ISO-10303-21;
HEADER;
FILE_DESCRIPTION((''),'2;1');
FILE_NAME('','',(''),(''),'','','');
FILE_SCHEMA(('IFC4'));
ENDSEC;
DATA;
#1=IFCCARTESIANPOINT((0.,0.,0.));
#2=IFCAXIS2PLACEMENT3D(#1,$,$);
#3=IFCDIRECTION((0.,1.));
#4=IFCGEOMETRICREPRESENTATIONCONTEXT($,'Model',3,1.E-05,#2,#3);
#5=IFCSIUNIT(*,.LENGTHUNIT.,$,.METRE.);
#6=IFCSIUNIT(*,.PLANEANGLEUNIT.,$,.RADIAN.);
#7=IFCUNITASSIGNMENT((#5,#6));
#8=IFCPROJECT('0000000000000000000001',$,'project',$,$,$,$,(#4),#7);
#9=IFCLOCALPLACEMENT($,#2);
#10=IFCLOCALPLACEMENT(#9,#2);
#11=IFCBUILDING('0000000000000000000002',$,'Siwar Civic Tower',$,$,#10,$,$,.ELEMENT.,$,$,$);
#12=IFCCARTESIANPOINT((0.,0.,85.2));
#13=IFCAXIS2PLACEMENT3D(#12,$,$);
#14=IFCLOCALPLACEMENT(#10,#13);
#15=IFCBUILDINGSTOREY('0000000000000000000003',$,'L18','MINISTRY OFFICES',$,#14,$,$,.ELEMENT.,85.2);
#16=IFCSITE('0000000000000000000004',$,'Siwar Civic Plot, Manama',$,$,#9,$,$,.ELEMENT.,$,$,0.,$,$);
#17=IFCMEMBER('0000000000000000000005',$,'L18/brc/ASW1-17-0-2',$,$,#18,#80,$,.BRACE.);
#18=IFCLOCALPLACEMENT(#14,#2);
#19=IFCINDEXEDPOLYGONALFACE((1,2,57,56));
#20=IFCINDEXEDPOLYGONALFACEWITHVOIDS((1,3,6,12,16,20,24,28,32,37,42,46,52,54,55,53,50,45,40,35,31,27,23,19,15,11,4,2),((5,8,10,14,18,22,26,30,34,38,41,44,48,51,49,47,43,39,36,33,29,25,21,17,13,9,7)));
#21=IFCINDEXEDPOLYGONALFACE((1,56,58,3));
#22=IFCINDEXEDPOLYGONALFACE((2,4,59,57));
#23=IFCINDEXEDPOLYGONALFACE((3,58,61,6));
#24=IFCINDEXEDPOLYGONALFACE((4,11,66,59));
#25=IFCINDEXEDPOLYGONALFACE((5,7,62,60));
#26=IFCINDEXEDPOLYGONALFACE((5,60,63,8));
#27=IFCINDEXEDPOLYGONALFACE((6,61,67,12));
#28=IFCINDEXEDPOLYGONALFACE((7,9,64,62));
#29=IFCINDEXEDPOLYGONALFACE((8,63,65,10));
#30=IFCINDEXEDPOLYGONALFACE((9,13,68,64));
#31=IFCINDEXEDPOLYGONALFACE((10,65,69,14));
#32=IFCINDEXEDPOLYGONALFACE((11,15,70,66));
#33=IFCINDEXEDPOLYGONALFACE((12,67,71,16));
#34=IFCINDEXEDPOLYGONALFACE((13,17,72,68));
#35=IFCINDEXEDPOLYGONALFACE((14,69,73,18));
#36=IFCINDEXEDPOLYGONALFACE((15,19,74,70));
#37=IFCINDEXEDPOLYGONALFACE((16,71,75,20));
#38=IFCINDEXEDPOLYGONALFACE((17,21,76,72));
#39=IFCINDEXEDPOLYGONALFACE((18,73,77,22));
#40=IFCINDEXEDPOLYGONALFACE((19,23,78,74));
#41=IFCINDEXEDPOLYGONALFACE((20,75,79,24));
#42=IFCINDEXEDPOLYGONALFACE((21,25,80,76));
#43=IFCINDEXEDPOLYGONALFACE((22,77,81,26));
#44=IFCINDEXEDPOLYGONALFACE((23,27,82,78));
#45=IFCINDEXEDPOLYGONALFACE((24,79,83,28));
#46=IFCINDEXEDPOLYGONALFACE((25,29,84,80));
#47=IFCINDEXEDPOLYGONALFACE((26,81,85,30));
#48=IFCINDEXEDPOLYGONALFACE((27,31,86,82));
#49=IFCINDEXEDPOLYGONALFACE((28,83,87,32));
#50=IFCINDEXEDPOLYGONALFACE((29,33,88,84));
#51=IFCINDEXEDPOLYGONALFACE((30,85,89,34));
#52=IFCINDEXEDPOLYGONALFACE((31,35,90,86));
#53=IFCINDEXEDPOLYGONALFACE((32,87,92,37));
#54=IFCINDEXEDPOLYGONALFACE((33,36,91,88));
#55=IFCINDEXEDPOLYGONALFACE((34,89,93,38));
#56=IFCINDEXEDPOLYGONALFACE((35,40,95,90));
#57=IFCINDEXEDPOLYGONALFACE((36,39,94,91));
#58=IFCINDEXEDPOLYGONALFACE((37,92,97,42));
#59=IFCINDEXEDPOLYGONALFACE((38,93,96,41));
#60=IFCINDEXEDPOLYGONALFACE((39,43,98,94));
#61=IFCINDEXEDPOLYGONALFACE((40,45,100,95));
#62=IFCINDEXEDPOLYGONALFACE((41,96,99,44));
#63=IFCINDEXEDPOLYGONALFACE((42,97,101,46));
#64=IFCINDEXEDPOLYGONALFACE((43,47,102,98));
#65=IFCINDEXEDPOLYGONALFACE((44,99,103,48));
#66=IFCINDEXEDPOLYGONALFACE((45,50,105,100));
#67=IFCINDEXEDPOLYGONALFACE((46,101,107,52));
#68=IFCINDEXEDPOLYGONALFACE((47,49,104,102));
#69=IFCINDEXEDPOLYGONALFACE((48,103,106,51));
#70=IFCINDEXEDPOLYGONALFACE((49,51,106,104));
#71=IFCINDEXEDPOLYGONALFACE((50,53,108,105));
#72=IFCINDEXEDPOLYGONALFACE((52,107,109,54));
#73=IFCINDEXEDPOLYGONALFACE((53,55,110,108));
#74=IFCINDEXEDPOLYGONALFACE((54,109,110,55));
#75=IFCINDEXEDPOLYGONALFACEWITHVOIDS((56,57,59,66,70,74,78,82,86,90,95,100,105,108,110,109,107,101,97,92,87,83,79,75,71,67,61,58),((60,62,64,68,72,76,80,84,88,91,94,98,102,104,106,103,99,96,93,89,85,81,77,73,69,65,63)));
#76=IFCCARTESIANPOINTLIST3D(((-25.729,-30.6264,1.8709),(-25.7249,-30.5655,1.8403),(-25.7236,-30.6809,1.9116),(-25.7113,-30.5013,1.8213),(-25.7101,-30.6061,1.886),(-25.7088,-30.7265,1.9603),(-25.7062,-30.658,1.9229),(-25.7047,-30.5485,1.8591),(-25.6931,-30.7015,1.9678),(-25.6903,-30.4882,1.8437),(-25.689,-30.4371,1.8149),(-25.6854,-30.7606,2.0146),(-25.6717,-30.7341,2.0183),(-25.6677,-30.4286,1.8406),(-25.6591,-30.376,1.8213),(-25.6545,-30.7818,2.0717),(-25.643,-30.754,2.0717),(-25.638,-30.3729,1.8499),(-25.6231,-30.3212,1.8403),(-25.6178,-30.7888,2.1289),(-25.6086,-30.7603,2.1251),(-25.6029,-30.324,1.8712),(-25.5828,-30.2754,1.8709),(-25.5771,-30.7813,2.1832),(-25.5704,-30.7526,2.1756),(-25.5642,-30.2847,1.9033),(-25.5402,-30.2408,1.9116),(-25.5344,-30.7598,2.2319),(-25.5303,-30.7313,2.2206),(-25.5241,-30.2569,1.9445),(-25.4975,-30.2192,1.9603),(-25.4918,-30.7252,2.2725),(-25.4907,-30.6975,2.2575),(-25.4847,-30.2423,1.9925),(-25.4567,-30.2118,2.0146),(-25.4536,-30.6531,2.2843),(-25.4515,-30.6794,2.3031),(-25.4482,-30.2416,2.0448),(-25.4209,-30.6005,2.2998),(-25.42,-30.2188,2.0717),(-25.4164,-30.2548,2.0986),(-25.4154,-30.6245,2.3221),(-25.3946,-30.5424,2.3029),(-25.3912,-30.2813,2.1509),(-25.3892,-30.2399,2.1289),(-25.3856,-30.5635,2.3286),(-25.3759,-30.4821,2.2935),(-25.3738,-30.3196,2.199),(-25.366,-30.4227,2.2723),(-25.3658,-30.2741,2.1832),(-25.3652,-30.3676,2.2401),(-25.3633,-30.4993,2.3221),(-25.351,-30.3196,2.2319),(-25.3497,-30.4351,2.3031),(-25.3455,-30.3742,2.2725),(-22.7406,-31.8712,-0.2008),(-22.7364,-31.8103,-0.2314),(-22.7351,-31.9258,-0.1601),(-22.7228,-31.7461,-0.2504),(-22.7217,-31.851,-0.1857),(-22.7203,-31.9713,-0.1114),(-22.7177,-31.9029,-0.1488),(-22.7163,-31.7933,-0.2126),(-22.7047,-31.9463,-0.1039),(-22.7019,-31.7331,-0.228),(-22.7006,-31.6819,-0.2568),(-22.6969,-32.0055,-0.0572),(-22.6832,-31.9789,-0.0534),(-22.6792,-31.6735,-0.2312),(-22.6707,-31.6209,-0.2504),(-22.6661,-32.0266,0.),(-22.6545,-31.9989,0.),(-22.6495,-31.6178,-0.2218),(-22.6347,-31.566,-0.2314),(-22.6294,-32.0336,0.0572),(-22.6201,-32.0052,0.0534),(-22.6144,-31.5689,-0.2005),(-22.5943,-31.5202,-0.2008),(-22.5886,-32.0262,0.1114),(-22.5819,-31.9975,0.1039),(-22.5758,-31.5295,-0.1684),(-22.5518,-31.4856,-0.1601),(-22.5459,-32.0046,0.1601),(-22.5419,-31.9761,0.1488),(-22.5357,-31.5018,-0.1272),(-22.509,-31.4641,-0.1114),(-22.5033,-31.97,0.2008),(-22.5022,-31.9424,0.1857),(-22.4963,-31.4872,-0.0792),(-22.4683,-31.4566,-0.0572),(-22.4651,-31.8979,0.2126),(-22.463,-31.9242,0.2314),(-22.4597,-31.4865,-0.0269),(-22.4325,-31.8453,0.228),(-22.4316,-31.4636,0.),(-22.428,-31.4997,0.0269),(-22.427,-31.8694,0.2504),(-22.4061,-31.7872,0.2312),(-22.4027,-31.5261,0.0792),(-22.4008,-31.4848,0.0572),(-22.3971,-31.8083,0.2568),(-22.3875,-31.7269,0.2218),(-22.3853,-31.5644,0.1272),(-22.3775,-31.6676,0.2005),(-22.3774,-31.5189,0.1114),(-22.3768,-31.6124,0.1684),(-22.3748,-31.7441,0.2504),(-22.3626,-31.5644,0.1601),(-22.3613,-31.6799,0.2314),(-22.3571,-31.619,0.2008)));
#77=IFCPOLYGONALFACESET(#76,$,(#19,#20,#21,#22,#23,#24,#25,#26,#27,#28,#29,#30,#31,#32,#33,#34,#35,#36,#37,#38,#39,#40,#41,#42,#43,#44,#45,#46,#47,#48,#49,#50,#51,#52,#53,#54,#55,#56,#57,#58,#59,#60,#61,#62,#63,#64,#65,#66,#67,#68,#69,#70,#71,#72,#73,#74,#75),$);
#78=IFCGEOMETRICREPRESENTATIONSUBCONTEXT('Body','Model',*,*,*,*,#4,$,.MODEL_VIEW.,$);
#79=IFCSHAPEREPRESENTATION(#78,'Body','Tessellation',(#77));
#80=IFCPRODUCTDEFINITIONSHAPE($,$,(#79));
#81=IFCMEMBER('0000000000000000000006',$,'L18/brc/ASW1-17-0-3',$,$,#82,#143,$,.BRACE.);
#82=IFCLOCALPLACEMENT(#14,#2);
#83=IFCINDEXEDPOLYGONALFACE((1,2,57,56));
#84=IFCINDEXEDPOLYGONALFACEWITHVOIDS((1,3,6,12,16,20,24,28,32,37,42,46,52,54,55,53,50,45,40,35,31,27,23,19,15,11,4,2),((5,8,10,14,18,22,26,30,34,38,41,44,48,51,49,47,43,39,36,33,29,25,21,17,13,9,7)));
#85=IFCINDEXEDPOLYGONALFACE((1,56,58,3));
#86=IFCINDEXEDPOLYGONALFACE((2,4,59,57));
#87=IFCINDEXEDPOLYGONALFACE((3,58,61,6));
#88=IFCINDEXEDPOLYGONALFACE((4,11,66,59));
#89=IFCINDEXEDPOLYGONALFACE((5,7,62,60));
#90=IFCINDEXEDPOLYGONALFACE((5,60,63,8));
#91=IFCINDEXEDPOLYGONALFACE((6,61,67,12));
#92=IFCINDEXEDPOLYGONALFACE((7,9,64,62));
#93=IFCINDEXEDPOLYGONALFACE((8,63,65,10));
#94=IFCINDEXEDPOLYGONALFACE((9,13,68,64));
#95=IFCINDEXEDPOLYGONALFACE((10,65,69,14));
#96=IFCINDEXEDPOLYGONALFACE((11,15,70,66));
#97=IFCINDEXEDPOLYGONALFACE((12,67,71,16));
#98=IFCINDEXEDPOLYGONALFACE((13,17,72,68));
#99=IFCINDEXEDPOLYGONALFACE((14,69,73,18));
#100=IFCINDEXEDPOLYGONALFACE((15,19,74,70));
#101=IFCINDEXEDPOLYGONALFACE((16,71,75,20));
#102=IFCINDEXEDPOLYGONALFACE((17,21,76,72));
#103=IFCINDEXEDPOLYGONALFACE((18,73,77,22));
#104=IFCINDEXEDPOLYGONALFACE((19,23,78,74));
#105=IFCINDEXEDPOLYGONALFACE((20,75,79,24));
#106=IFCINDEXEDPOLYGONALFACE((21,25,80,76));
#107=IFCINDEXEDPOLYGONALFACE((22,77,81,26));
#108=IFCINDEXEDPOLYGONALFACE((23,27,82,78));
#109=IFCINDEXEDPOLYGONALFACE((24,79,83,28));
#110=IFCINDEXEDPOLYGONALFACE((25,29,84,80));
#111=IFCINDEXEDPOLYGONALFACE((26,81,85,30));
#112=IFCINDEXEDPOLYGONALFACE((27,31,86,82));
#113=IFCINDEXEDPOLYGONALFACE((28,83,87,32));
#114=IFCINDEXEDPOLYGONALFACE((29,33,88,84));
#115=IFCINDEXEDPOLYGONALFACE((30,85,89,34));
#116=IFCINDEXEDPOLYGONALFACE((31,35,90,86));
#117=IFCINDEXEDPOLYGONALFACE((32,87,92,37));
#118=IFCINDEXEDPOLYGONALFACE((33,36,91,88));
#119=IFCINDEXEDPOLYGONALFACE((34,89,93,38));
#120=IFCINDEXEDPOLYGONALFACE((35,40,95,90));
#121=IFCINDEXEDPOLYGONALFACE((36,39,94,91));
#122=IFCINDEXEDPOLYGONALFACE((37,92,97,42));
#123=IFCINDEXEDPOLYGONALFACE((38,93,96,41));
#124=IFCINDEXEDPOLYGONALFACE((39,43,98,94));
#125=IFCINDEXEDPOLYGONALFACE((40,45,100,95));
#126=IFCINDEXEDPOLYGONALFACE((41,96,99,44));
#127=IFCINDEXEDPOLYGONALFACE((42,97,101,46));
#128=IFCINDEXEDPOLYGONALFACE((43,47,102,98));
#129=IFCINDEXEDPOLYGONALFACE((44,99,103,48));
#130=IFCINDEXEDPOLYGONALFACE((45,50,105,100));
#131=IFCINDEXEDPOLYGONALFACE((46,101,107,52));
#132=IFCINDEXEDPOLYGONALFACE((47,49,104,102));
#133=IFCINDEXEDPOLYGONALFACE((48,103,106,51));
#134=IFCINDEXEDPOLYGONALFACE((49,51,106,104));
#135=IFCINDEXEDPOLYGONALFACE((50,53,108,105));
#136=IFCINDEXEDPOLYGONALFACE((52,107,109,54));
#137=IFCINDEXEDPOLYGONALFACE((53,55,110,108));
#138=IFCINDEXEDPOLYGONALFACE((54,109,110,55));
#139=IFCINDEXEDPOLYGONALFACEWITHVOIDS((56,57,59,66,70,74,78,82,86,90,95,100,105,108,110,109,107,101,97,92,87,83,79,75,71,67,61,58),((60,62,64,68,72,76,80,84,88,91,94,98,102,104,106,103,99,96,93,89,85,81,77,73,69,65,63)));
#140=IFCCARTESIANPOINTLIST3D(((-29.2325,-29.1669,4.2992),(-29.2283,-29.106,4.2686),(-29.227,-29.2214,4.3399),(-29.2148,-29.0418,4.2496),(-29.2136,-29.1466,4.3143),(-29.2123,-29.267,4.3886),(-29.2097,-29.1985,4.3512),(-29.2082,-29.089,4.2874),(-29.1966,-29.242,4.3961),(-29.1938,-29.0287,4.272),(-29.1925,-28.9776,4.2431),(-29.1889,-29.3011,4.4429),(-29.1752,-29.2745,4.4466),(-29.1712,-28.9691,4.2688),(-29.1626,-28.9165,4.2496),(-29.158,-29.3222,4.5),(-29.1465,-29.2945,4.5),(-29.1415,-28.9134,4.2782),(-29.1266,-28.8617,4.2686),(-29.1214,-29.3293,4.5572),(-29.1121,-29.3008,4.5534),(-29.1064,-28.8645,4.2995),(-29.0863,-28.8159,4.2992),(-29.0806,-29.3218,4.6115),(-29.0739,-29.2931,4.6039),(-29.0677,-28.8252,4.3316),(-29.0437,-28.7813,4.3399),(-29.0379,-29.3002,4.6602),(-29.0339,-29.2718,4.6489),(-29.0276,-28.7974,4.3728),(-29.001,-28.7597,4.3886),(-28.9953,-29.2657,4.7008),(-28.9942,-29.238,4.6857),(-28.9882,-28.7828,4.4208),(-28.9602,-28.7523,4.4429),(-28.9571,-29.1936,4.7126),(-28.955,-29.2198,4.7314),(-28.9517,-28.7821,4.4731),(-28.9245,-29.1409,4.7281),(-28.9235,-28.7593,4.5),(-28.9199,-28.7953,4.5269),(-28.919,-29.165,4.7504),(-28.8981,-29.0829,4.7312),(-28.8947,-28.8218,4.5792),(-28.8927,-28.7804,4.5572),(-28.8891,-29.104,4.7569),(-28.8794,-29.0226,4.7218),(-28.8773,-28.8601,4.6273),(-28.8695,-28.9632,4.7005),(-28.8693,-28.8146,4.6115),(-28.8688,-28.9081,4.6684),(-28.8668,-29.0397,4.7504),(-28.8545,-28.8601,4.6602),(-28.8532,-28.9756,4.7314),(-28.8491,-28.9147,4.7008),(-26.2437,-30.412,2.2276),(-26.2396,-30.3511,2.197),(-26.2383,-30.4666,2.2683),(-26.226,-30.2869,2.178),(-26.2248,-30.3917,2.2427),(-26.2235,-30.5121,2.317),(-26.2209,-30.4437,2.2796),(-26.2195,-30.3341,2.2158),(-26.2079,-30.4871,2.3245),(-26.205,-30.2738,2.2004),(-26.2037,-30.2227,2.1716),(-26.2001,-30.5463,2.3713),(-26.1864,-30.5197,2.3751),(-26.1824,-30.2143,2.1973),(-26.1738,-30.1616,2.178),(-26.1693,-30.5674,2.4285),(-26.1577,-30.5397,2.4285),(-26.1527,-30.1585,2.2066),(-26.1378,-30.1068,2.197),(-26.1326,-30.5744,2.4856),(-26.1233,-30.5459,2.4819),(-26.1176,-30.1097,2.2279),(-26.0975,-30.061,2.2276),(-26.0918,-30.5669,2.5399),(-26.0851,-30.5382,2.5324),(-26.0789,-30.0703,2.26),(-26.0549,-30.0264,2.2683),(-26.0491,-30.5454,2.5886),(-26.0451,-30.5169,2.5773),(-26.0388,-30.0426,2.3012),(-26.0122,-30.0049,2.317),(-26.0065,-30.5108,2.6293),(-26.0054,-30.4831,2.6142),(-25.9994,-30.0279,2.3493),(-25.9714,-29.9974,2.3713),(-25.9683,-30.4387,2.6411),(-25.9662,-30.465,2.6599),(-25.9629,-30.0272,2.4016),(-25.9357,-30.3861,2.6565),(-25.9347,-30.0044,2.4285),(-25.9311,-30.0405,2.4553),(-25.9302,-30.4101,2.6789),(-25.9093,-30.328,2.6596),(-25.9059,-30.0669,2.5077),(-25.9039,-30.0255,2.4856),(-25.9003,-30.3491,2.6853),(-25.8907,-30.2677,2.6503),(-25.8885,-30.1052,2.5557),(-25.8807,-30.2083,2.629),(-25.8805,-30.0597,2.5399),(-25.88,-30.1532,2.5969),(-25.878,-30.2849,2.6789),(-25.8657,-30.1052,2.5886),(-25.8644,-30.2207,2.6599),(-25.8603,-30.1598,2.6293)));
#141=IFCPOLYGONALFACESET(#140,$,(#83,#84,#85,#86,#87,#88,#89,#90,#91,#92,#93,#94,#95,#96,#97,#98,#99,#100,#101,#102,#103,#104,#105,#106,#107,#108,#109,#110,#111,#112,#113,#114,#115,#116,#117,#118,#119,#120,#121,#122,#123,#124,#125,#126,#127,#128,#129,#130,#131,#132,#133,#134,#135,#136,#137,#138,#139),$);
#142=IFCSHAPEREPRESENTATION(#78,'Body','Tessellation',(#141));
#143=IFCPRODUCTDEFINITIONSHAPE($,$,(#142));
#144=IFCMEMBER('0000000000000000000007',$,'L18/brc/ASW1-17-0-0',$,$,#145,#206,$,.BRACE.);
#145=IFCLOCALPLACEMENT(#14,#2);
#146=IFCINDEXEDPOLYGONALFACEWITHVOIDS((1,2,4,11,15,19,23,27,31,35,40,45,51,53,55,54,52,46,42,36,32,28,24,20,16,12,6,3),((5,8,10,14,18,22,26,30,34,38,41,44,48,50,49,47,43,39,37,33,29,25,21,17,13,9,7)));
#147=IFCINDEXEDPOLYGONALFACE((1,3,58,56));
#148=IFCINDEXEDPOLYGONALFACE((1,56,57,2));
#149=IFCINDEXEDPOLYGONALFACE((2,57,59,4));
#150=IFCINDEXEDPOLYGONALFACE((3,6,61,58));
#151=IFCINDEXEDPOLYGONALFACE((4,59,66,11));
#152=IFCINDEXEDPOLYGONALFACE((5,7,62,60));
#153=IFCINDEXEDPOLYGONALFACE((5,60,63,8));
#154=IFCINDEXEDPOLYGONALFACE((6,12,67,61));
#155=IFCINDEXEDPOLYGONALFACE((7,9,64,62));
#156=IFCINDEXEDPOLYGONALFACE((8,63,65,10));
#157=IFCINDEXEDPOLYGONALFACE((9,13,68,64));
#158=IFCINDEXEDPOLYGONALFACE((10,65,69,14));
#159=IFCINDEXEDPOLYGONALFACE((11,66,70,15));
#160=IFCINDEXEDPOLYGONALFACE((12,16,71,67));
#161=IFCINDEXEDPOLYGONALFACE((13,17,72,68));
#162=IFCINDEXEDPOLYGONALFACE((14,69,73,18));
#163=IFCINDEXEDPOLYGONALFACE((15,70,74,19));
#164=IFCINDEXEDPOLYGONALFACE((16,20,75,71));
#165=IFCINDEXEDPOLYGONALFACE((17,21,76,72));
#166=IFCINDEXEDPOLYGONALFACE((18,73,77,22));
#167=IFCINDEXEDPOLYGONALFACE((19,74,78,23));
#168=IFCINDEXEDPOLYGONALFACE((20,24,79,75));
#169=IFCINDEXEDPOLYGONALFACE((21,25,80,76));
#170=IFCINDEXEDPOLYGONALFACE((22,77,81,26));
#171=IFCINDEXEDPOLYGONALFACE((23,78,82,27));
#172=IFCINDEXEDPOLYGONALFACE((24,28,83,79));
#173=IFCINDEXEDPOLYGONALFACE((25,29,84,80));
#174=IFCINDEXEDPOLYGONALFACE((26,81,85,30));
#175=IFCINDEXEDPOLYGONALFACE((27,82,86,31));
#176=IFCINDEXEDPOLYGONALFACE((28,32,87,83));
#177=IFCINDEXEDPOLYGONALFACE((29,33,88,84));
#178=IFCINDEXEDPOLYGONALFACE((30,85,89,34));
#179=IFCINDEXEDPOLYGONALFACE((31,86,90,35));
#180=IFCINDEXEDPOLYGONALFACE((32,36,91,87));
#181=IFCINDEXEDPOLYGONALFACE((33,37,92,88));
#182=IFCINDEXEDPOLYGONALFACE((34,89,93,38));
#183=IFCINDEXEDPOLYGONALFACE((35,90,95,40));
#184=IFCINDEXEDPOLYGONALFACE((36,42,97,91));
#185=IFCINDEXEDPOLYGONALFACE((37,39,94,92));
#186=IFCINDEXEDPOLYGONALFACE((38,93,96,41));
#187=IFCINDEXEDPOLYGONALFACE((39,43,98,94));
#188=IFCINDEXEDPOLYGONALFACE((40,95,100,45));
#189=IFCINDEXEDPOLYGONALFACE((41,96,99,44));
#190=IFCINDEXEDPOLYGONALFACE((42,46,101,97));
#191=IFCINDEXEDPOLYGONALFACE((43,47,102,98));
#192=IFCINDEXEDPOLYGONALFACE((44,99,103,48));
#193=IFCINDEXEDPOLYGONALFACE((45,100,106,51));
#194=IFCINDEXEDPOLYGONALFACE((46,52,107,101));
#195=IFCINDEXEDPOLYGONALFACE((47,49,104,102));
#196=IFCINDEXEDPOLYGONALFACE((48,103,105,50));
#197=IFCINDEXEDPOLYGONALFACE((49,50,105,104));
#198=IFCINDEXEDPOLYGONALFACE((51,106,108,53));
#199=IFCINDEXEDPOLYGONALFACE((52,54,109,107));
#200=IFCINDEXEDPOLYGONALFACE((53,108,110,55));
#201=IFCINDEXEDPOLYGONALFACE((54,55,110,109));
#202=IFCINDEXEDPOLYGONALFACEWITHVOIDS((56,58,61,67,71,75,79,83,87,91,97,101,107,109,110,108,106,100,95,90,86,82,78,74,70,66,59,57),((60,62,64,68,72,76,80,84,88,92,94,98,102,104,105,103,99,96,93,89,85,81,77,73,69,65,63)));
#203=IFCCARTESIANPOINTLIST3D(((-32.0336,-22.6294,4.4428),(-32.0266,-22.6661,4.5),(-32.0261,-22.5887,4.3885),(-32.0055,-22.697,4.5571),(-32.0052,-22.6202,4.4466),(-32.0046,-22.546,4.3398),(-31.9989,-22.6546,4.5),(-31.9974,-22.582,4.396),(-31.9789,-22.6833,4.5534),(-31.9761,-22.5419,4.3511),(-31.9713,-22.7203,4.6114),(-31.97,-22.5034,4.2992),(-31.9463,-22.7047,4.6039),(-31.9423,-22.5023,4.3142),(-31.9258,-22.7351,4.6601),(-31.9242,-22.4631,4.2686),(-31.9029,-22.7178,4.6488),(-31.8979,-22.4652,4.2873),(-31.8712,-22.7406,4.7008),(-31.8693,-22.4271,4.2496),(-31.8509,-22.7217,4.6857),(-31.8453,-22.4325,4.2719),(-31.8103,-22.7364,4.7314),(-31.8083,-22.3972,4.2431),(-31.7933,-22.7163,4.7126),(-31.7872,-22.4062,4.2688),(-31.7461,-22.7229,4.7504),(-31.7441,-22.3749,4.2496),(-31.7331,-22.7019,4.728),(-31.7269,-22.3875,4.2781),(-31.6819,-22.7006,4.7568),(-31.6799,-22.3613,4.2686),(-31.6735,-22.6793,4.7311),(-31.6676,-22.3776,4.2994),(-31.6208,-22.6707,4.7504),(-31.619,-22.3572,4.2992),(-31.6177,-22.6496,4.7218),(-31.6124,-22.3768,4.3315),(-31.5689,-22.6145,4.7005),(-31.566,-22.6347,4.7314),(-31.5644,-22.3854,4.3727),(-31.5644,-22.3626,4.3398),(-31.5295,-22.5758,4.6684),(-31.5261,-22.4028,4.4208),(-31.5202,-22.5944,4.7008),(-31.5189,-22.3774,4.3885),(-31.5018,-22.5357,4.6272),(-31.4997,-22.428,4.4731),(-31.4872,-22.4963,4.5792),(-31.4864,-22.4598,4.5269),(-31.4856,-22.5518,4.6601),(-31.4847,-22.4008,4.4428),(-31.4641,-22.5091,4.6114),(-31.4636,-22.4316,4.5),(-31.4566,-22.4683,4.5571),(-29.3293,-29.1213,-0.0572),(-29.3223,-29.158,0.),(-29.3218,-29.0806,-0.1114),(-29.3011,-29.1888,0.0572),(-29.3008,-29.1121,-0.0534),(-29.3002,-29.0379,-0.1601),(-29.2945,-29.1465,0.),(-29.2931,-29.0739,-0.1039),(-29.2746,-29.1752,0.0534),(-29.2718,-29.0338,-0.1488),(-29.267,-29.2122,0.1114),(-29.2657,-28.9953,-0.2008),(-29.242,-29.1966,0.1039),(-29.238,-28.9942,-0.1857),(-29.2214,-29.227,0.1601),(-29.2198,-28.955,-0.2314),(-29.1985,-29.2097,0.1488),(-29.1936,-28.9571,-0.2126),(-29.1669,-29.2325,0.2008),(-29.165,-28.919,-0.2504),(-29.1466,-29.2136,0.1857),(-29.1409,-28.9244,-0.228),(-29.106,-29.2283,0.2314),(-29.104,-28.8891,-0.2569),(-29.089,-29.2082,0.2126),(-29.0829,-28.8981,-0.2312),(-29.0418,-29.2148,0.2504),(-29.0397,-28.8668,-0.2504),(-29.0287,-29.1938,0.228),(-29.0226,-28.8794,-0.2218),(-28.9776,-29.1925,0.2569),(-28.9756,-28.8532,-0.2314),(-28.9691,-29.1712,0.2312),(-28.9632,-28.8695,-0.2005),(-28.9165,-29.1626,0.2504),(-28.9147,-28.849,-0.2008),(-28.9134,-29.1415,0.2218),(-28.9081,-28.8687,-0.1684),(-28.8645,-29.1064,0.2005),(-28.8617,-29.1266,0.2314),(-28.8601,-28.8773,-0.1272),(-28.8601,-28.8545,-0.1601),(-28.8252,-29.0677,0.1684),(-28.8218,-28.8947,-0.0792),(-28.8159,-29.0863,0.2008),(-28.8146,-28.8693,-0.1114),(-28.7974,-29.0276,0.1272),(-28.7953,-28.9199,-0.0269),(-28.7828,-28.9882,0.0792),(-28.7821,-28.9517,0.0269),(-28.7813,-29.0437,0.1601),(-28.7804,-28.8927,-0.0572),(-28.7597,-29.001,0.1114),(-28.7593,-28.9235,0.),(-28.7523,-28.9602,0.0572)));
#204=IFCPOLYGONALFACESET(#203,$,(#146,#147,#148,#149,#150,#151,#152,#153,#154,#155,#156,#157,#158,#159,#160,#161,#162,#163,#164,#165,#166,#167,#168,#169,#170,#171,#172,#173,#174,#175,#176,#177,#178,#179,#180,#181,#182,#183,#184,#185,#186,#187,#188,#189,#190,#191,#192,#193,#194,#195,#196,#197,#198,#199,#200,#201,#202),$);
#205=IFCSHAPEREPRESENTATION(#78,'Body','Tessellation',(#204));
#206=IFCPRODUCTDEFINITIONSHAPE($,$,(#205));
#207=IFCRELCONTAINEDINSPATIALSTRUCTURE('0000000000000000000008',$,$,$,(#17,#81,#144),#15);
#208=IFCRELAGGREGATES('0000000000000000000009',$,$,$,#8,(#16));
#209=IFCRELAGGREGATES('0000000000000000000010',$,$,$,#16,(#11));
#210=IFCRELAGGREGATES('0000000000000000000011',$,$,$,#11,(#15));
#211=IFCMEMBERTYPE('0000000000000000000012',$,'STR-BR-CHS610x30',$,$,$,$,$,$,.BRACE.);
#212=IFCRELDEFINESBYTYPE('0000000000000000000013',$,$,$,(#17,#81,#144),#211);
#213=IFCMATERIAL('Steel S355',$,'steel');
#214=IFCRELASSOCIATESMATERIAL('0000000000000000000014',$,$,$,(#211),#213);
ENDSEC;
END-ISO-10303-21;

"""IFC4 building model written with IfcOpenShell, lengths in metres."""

from ifc_helpers import new_model, si_unit, direction, frame, origin, origin_2d, place, context, subcontext, project, spatial, hollow_circle, extrude, material, material_profile, profile_set, type_object, element, save


model = new_model("IFC4")

# Units and contexts
model_context = context("Model", 3, precision=1e-05, world=origin(), true_north=direction((0.0, 1.0)))
body_context = subcontext(model_context, "Body", "Model", "MODEL_VIEW")
ifc_project = project(units=[si_unit("LENGTHUNIT", "METRE"), si_unit("PLANEANGLEUNIT", "RADIAN")], contexts=[model_context])

# Site, building, storey
site_placement = place(None, origin())
site = spatial("IfcSite", under=ifc_project, at=site_placement, Name="Siwar Civic Plot, Manama", CompositionType="ELEMENT", RefElevation=0.0)
building_placement = place(site_placement, origin())
building = spatial("IfcBuilding", under=site, at=building_placement, Name="Siwar Civic Tower", CompositionType="ELEMENT")
storey_placement = place(building_placement, frame((0.0, 0.0, 85.2)))
storey = spatial("IfcBuildingStorey", under=building, at=storey_placement, Name="L18", Description="MINISTRY OFFICES", CompositionType="ELEMENT", Elevation=85.2)

# Members
ifc_material_1 = material(Name="Steel S355", Category="steel")
ifc_material_profile_1 = material_profile(ifc_material_1, hollow_circle(Radius=0.3049, WallThickness=0.03, at=origin_2d()), Name="CHS610x30")
ifc_profile_set_1 = profile_set([ifc_material_profile_1], Name="Steel S355")
member_type_1 = type_object("IfcMemberType", Name="STR-BR-CHS610x30", PredefinedType="BRACE", material=ifc_profile_set_1)
member_1_placement = place(storey_placement, frame((-22.5488, -31.7451, 0.0), z_axis=(-0.777533, 0.323882, 0.53902), x_axis=(-0.384524, -0.923115, 0.0)))
element("IfcMember", 1, at=member_1_placement, inside=storey, type_object=member_type_1, Name="L18/brc/ASW1-17-0-2", PredefinedType="BRACE", context=body_context, shape_type="SweptSolid", body=[
    extrude(hollow_circle(Radius=0.3049, WallThickness=0.03, at=origin_2d()), origin(), (0.0, 0.0, 1.0), 3.8435),
])
member_2_placement = place(storey_placement, frame((-26.052, -30.2859, 2.4285), z_axis=(-0.777569, 0.323934, 0.538937), x_axis=(-0.384562, -0.923099, 0.0)))
element("IfcMember", 2, at=member_2_placement, inside=storey, type_object=member_type_1, Name="L18/brc/ASW1-17-0-3", PredefinedType="BRACE", context=body_context, shape_type="SweptSolid", body=[
    extrude(hollow_circle(Radius=0.3049, WallThickness=0.03, at=origin_2d()), origin(), (0.0, 0.0, 1.0), 3.8438),
])
member_3_placement = place(storey_placement, frame((-29.0408, -29.0408, 0.0), z_axis=(-0.323906, 0.777555, 0.538975), x_axis=(-0.923109, -0.384539, 0.0)))
element("IfcMember", 3, at=member_3_placement, inside=storey, type_object=member_type_1, Name="L18/brc/ASW1-17-0-0", PredefinedType="BRACE", context=body_context, shape_type="SweptSolid", body=[
    extrude(hollow_circle(Radius=0.3049, WallThickness=0.03, at=origin_2d()), origin(), (0.0, 0.0, 1.0), 8.3491),
])

save(model, "model.ifc")
